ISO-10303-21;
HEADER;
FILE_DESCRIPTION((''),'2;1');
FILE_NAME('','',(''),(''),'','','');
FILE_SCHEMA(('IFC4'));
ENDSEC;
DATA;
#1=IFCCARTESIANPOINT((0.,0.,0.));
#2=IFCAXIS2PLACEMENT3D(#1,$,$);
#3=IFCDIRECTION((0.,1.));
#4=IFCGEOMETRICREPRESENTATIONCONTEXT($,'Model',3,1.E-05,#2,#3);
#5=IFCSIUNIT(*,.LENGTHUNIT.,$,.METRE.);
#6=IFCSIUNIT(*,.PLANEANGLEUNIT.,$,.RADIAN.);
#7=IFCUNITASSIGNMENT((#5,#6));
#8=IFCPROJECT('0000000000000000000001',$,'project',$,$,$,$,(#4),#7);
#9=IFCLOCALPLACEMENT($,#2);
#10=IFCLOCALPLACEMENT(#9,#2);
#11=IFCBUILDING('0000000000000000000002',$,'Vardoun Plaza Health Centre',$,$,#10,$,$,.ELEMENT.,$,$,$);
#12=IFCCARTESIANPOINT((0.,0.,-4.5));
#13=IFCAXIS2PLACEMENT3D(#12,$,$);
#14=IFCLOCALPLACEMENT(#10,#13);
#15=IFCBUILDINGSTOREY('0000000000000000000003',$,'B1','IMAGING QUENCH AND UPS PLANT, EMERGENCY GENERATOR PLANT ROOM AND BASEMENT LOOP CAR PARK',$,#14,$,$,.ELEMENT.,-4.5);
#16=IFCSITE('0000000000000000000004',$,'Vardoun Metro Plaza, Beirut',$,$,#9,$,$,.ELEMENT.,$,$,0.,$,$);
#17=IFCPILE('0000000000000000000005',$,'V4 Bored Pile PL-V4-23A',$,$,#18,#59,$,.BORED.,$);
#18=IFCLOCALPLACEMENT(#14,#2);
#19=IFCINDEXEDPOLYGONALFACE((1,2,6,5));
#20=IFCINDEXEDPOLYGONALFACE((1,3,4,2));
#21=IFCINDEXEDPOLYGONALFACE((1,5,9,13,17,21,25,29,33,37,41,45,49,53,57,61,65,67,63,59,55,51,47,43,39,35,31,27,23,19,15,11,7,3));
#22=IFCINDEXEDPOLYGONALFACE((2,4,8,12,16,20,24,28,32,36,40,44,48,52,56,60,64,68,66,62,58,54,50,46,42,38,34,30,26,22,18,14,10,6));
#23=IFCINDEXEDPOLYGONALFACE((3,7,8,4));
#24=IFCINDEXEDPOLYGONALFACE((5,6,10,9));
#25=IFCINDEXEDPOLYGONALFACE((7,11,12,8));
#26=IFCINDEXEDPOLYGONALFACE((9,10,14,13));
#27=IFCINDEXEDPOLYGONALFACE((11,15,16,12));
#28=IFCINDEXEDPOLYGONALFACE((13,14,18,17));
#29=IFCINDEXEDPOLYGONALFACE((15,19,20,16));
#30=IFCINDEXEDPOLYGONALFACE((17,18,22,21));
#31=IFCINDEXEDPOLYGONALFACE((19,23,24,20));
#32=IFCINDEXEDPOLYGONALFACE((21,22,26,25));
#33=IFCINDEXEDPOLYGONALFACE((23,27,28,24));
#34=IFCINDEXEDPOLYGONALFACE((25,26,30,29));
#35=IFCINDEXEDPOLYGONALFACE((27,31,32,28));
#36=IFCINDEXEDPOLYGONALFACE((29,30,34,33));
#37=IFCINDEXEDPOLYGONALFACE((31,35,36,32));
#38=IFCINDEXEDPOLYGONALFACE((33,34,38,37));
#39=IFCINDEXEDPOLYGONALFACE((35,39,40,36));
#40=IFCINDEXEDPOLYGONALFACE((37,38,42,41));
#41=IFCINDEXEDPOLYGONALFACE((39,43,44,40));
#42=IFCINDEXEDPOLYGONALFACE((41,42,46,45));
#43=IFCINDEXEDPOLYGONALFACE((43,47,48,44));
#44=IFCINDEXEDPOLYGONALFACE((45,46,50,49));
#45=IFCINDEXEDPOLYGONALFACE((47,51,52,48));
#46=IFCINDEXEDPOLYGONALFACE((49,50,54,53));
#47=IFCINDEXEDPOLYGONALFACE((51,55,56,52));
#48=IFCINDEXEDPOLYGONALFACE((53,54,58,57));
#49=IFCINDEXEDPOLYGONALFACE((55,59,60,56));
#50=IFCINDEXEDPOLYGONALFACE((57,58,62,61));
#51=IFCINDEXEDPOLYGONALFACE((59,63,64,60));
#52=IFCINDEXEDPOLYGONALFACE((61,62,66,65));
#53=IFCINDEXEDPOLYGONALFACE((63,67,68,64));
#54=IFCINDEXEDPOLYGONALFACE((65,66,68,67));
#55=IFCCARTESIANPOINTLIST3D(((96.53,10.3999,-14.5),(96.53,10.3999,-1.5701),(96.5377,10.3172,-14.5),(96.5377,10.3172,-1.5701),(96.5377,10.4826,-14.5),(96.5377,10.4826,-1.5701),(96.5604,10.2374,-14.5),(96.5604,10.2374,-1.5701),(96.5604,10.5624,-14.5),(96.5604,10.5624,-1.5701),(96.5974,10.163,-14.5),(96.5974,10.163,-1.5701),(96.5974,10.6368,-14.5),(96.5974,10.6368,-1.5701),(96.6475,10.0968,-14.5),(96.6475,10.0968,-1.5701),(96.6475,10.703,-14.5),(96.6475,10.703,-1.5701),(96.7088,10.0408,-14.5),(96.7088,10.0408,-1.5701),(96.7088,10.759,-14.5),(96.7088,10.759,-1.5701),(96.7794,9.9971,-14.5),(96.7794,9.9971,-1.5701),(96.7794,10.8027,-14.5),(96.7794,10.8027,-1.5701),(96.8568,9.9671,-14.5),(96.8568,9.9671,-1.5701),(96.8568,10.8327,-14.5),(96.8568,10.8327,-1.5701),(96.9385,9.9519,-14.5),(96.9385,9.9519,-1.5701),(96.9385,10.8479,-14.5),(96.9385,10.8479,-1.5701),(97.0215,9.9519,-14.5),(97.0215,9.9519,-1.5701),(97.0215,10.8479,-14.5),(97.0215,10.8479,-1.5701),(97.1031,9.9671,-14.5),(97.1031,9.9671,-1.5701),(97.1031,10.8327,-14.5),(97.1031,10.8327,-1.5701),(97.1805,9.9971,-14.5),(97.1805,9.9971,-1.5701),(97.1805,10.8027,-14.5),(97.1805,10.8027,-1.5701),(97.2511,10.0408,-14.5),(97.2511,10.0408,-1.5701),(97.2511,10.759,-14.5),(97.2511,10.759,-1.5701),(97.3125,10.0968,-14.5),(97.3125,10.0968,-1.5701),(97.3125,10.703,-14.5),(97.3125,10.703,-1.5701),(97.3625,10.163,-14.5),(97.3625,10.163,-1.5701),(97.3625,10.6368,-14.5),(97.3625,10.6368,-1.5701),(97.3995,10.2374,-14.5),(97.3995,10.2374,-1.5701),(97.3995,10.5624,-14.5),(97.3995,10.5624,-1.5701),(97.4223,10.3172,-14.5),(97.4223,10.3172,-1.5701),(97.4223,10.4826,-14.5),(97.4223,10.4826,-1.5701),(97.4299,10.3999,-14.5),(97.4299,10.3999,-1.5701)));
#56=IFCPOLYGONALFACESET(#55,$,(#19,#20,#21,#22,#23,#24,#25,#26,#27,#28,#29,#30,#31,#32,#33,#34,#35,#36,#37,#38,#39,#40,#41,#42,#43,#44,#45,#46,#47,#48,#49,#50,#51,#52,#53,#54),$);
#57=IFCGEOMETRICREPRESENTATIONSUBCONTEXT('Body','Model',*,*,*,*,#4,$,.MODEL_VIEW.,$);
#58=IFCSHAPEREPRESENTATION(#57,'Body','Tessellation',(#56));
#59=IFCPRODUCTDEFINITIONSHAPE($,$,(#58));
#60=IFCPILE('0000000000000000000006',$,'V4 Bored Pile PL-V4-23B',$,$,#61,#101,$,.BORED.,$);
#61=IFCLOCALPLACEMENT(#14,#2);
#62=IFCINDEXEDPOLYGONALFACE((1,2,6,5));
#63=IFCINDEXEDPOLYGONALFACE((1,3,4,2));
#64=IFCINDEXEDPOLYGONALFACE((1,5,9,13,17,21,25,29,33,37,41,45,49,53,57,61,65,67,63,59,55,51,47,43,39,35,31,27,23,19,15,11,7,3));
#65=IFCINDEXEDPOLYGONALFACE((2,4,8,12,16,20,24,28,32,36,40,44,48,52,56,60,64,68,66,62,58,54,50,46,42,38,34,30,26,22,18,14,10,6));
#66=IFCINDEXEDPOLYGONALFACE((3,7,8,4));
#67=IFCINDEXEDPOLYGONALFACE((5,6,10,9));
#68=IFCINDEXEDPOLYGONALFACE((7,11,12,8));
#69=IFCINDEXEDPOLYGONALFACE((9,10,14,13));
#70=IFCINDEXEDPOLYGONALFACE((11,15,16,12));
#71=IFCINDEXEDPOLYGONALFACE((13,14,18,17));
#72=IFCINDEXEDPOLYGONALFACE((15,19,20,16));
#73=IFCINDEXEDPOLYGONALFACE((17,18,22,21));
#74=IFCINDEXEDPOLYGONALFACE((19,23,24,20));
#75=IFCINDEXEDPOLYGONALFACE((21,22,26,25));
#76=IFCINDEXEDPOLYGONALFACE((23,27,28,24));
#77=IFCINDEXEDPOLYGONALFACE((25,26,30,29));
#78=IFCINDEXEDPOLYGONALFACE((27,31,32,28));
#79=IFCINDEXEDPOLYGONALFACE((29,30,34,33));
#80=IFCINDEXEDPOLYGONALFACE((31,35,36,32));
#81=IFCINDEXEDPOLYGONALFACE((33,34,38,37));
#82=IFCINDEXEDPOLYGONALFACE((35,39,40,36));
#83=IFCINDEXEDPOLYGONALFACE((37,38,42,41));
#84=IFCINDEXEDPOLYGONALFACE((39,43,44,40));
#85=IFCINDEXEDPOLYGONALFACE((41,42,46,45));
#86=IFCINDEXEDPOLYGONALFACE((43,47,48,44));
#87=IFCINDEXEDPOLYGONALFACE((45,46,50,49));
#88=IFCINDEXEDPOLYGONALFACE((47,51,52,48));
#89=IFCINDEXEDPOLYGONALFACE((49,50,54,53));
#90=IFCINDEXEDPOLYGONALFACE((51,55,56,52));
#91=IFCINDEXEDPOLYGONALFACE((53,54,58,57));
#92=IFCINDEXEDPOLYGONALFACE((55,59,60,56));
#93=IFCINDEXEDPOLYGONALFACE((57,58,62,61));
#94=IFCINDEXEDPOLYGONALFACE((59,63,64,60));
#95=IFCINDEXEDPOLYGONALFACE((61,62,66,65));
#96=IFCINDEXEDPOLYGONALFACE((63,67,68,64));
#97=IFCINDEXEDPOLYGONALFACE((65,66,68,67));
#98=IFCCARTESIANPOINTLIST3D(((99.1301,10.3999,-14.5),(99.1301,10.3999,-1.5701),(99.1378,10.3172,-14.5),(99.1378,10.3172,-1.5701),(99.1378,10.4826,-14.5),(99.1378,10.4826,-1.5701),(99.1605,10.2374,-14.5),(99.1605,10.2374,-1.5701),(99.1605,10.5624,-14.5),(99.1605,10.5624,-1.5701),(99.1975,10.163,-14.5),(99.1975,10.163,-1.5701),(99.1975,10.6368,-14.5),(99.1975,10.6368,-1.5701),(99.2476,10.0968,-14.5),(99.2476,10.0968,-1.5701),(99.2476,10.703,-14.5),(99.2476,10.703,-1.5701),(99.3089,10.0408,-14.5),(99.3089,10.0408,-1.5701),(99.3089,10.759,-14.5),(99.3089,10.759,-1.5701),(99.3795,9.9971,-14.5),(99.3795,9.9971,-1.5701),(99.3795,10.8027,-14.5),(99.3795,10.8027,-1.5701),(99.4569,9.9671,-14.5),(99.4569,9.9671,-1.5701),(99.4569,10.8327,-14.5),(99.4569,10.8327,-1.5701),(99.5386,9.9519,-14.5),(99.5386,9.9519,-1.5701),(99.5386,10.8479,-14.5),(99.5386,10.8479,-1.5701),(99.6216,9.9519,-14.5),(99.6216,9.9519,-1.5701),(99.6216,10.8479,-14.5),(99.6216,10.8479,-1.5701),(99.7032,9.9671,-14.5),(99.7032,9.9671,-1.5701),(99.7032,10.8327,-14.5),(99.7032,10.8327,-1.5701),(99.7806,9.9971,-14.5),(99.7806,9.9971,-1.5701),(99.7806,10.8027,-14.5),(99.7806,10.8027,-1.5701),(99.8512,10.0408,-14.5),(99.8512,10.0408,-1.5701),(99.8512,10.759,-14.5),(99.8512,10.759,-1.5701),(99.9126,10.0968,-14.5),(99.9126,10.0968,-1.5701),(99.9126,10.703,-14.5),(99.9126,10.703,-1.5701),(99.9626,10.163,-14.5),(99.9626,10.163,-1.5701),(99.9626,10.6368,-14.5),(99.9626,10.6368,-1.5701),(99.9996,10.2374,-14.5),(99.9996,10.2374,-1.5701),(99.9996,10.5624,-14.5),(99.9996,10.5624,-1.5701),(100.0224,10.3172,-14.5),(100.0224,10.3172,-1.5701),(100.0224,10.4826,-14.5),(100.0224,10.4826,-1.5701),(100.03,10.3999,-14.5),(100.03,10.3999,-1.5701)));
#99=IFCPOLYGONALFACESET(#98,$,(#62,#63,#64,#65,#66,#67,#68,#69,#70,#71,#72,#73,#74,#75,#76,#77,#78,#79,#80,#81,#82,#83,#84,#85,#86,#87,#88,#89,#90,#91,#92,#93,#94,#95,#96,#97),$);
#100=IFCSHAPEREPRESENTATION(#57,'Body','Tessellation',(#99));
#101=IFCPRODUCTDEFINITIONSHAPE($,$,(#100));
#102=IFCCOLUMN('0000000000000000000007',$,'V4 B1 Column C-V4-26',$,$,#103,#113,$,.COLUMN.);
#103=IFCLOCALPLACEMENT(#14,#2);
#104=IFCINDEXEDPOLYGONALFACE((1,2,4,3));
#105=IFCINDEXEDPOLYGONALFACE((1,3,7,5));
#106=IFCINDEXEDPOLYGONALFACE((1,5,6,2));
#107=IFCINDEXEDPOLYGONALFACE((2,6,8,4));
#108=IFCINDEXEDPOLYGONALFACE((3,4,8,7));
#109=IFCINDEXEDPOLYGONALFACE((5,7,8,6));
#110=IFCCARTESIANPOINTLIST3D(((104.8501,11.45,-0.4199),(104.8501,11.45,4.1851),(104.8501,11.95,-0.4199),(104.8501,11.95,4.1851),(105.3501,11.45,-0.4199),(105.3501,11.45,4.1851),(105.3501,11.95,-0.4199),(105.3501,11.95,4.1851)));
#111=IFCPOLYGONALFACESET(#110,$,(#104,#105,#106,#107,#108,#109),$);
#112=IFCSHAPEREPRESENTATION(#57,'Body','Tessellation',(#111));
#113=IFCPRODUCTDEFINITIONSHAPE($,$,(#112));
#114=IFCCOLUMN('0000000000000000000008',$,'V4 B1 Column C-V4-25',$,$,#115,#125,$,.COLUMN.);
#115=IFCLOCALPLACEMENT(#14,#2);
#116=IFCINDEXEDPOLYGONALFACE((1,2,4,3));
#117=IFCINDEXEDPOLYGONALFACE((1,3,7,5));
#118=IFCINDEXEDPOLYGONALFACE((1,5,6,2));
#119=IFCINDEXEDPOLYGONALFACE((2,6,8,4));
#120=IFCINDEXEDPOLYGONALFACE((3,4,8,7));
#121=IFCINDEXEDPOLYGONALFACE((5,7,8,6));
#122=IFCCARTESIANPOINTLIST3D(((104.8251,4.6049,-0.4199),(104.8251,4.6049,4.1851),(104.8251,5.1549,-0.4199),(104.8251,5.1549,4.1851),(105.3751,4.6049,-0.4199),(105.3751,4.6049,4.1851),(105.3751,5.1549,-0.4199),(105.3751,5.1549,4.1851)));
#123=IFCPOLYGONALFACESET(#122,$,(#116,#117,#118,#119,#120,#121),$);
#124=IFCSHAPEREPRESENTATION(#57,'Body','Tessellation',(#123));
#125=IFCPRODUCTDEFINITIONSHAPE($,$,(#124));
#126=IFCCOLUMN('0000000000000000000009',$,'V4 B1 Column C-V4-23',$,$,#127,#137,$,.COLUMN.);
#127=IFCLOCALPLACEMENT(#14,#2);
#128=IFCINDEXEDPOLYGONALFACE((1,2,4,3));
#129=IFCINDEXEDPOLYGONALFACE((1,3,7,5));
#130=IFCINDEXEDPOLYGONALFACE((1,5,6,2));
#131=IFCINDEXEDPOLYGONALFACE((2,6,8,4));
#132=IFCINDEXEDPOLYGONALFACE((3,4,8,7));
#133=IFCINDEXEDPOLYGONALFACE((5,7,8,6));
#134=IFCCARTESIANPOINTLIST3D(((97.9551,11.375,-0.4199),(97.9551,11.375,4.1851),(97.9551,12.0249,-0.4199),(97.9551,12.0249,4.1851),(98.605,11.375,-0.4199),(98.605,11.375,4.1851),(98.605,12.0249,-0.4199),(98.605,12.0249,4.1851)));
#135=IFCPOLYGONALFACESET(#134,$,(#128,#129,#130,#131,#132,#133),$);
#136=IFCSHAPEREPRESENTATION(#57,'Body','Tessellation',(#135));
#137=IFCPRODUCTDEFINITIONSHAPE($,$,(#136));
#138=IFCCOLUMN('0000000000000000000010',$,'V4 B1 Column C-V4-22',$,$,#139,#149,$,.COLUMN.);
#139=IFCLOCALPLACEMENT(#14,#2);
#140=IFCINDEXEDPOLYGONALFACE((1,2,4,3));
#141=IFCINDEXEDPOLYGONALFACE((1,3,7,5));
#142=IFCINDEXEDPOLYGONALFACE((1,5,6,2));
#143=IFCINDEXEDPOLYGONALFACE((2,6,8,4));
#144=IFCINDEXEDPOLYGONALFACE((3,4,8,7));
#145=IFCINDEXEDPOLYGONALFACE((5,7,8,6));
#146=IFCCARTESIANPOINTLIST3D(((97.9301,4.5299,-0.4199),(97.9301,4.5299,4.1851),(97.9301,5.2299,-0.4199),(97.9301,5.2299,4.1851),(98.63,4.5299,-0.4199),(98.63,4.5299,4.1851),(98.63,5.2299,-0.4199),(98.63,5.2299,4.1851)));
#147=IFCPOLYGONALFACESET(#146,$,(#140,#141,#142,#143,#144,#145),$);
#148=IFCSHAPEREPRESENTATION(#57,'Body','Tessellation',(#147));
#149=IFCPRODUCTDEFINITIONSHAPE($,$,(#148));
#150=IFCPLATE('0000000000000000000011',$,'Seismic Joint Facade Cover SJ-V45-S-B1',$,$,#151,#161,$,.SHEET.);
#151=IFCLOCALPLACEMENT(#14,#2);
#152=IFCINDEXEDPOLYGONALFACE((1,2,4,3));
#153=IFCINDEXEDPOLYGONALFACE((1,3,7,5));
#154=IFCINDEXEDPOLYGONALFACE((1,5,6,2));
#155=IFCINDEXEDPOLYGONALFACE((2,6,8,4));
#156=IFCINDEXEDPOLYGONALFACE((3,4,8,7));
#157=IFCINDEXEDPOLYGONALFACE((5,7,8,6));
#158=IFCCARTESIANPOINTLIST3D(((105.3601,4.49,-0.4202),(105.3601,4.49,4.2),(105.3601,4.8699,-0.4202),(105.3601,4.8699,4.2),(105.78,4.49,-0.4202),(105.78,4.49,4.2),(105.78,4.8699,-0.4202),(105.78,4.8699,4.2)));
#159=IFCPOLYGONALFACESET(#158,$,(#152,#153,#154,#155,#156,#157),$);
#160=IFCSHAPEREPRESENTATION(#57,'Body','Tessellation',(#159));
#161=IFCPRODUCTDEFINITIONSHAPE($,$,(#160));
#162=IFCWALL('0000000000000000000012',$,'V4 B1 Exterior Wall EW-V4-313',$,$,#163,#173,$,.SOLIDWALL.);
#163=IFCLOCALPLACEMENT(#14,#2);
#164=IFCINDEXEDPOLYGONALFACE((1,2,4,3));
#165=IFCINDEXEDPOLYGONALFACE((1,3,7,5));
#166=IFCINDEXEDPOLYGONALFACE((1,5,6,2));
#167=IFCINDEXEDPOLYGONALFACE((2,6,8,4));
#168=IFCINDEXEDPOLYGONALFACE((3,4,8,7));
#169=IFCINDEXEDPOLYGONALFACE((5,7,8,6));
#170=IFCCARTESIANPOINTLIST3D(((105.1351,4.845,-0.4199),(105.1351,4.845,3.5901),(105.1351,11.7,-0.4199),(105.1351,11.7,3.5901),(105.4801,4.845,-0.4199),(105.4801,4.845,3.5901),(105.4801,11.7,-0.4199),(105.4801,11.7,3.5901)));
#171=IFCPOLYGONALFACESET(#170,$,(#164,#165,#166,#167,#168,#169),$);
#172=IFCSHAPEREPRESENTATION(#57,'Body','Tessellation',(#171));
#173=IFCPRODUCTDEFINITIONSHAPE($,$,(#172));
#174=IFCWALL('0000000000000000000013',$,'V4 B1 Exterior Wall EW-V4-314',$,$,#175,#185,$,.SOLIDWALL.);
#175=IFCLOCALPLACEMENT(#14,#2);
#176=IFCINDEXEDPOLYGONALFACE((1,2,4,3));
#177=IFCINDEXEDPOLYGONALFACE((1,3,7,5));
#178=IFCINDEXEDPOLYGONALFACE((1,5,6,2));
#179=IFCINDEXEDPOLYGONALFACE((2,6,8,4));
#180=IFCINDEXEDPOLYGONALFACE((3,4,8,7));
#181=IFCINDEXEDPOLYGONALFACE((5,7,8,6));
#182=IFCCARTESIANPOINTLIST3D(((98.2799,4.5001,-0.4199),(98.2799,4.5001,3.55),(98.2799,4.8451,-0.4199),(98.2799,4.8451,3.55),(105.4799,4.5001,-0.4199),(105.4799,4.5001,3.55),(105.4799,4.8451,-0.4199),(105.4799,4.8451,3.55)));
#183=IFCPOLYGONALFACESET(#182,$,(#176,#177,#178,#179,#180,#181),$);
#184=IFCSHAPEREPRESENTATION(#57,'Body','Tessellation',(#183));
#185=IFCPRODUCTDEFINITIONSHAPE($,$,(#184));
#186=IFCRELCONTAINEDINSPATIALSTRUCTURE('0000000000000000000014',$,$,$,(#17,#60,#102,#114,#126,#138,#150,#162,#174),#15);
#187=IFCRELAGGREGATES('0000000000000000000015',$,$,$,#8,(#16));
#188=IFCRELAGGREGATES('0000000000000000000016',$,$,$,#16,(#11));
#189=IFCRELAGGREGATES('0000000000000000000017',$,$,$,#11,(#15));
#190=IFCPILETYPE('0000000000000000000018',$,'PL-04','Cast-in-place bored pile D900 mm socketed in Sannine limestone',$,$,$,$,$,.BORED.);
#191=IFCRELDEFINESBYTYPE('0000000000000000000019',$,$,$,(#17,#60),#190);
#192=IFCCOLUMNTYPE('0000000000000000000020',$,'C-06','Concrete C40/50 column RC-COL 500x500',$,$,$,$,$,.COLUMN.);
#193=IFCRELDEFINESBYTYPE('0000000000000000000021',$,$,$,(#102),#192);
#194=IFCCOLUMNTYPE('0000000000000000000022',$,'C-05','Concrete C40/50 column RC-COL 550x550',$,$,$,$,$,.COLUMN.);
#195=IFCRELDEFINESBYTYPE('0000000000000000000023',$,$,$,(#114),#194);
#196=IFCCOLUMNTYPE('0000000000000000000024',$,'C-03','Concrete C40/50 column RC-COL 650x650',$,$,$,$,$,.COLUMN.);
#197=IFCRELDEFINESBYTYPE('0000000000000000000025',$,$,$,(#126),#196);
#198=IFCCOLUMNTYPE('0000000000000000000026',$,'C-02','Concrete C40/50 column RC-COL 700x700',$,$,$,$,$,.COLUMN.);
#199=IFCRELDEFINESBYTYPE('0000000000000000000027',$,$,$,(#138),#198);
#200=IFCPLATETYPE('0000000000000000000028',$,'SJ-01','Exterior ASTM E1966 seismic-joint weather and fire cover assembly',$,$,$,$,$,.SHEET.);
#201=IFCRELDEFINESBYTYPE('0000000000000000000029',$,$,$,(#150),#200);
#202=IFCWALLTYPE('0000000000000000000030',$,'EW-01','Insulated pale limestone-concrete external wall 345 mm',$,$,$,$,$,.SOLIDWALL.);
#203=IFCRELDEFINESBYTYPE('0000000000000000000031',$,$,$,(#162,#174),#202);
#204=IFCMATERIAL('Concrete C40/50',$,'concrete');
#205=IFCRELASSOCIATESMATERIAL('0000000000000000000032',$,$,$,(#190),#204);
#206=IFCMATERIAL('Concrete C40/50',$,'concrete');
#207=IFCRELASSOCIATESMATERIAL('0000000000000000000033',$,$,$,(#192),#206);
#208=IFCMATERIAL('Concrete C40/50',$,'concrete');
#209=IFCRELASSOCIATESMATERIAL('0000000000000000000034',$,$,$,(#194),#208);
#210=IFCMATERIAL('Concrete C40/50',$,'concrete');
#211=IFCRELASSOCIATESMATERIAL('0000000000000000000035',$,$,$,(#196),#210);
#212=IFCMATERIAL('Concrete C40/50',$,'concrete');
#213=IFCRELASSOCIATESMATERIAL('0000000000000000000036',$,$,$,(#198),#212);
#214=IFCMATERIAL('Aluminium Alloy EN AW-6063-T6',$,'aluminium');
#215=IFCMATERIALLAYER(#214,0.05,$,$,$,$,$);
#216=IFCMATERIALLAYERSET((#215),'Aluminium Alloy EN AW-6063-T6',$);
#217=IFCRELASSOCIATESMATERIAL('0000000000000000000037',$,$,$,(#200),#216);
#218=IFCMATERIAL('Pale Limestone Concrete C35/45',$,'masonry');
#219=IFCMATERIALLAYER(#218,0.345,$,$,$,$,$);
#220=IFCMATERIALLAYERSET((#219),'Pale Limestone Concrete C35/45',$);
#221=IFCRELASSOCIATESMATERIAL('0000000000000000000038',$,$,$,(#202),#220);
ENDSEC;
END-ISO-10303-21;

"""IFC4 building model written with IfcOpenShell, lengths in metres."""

from ifc_helpers import new_model, si_unit, direction, frame, frame_2d, origin, origin_2d, place, context, subcontext, project, spatial, rectangle, circle, extrude, material, layer, layer_set, material_profile, profile_set, type_object, element, save


model = new_model("IFC4")

# Units and contexts
model_context = context("Model", 3, precision=1e-05, world=origin(), true_north=direction((0.0, 1.0)))
body_context = subcontext(model_context, "Body", "Model", "MODEL_VIEW")
ifc_project = project(units=[si_unit("LENGTHUNIT", "METRE"), si_unit("PLANEANGLEUNIT", "RADIAN")], contexts=[model_context])

# Site, building, storey
site_placement = place(None, origin())
site = spatial("IfcSite", under=ifc_project, at=site_placement, Name="Vardoun Metro Plaza, Beirut", CompositionType="ELEMENT", RefElevation=0.0)
building_placement = place(site_placement, origin())
building = spatial("IfcBuilding", under=site, at=building_placement, Name="Vardoun Plaza Health Centre", CompositionType="ELEMENT")
storey_placement = place(building_placement, frame((0.0, 0.0, -4.5)))
storey = spatial("IfcBuildingStorey", under=building, at=storey_placement, Name="B1", Description="IMAGING QUENCH AND UPS PLANT, EMERGENCY GENERATOR PLANT ROOM AND BASEMENT LOOP CAR PARK", CompositionType="ELEMENT", Elevation=-4.5)

# Piles
ifc_material_1 = material(Name="Concrete C40/50", Category="concrete")
ifc_material_profile_1 = material_profile(ifc_material_1, circle(Radius=0.45, at=origin_2d()), Name="PILE D900")
ifc_profile_set_1 = profile_set([ifc_material_profile_1], Name="Concrete C40/50")
pile_type_1 = type_object("IfcPileType", Name="PL-04", Description="Cast-in-place bored pile D900 mm socketed in Sannine limestone", PredefinedType="BORED", material=ifc_profile_set_1)
for number, where, z_axis, x_axis, name in (
    (1, (96.98, 10.3999, -1.5701), (0.0, 0.0, -1.0), (1.0, 0.0, 0.0), "V4 Bored Pile PL-V4-23A"),
    (2, (99.5801, 10.3999, -1.5701), (0.0, 0.0, -1.0), (1.0, 0.0, 0.0), "V4 Bored Pile PL-V4-23B"),
):
    element("IfcPile", number, at=place(storey_placement, frame(where, z_axis=z_axis, x_axis=x_axis)), inside=storey, type_object=pile_type_1, Name=name, PredefinedType="BORED", context=body_context, shape_type="SweptSolid", body=[
        extrude(circle(Radius=0.45, at=origin_2d()), origin(), (0.0, 0.0, 1.0), 12.9299),
    ])

# Columns
ifc_material_2 = material(Name="Concrete C40/50", Category="concrete")
ifc_material_profile_2 = material_profile(ifc_material_2, rectangle(XDim=0.5, YDim=0.5, at=origin_2d()), Name="RC-COL 500x500")
ifc_profile_set_2 = profile_set([ifc_material_profile_2], Name="Concrete C40/50")
column_type_1 = type_object("IfcColumnType", Name="C-06", Description="Concrete C40/50 column RC-COL 500x500", PredefinedType="COLUMN", material=ifc_profile_set_2)
column_1_placement = place(storey_placement, frame((105.1001, 11.7, -0.4199), z_axis=(0.0, 0.0, 1.0), x_axis=(1.0, 0.0, 0.0)))
element("IfcColumn", 3, at=column_1_placement, inside=storey, type_object=column_type_1, Name="V4 B1 Column C-V4-26", PredefinedType="COLUMN", context=body_context, shape_type="SweptSolid", body=[
    extrude(rectangle(XDim=0.5, YDim=0.5, at=origin_2d()), origin(), (0.0, 0.0, 1.0), 4.605),
])
ifc_material_3 = material(Name="Concrete C40/50", Category="concrete")
ifc_material_profile_3 = material_profile(ifc_material_3, rectangle(XDim=0.55, YDim=0.55, at=origin_2d()), Name="RC-COL 550x550")
ifc_profile_set_3 = profile_set([ifc_material_profile_3], Name="Concrete C40/50")
column_type_2 = type_object("IfcColumnType", Name="C-05", Description="Concrete C40/50 column RC-COL 550x550", PredefinedType="COLUMN", material=ifc_profile_set_3)
column_2_placement = place(storey_placement, frame((105.1001, 4.8799, -0.4199), z_axis=(0.0, 0.0, 1.0), x_axis=(1.0, 0.0, 0.0)))
element("IfcColumn", 4, at=column_2_placement, inside=storey, type_object=column_type_2, Name="V4 B1 Column C-V4-25", PredefinedType="COLUMN", context=body_context, shape_type="SweptSolid", body=[
    extrude(rectangle(XDim=0.55, YDim=0.55, at=origin_2d()), origin(), (0.0, 0.0, 1.0), 4.605),
])
ifc_material_4 = material(Name="Concrete C40/50", Category="concrete")
ifc_material_profile_4 = material_profile(ifc_material_4, rectangle(XDim=0.6499, YDim=0.6499, at=origin_2d()), Name="RC-COL 650x650")
ifc_profile_set_4 = profile_set([ifc_material_profile_4], Name="Concrete C40/50")
column_type_3 = type_object("IfcColumnType", Name="C-03", Description="Concrete C40/50 column RC-COL 650x650", PredefinedType="COLUMN", material=ifc_profile_set_4)
column_3_placement = place(storey_placement, frame((98.28, 11.7, -0.4199), z_axis=(0.0, 0.0, 1.0), x_axis=(1.0, 0.0, 0.0)))
element("IfcColumn", 5, at=column_3_placement, inside=storey, type_object=column_type_3, Name="V4 B1 Column C-V4-23", PredefinedType="COLUMN", context=body_context, shape_type="SweptSolid", body=[
    extrude(rectangle(XDim=0.6499, YDim=0.6499, at=origin_2d()), origin(), (0.0, 0.0, 1.0), 4.605),
])
ifc_material_5 = material(Name="Concrete C40/50", Category="concrete")
ifc_material_profile_5 = material_profile(ifc_material_5, rectangle(XDim=0.7, YDim=0.7, at=origin_2d()), Name="RC-COL 700x700")
ifc_profile_set_5 = profile_set([ifc_material_profile_5], Name="Concrete C40/50")
column_type_4 = type_object("IfcColumnType", Name="C-02", Description="Concrete C40/50 column RC-COL 700x700", PredefinedType="COLUMN", material=ifc_profile_set_5)
column_4_placement = place(storey_placement, frame((98.28, 4.8799, -0.4199), z_axis=(0.0, 0.0, 1.0), x_axis=(1.0, 0.0, 0.0)))
element("IfcColumn", 6, at=column_4_placement, inside=storey, type_object=column_type_4, Name="V4 B1 Column C-V4-22", PredefinedType="COLUMN", context=body_context, shape_type="SweptSolid", body=[
    extrude(rectangle(XDim=0.7, YDim=0.7, at=origin_2d()), origin(), (0.0, 0.0, 1.0), 4.605),
])

# Plate
ifc_material_6 = material(Name="Aluminium Alloy EN AW-6063-T6", Category="aluminium")
ifc_layer_1 = layer(ifc_material_6, 0.05)
ifc_layer_set_1 = layer_set([ifc_layer_1], Name="Aluminium Alloy EN AW-6063-T6")
plate_type = type_object("IfcPlateType", Name="SJ-01", Description="Exterior ASTM E1966 seismic-joint weather and fire cover assembly", PredefinedType="SHEET", material=ifc_layer_set_1)
plate_placement = place(storey_placement, frame((105.5701, 4.6799, -0.4202), z_axis=(0.0, 0.0, 1.0), x_axis=(1.0, 0.0, 0.0)))
element("IfcPlate", 7, at=plate_placement, inside=storey, type_object=plate_type, Name="Seismic Joint Facade Cover SJ-V45-S-B1", PredefinedType="SHEET", context=body_context, shape_type="SweptSolid", body=[
    extrude(rectangle(XDim=0.4199, YDim=0.3799, at=origin_2d()), origin(), (0.0, 0.0, 1.0), 4.6201),
])

# Walls
ifc_material_7 = material(Name="Pale Limestone Concrete C35/45", Category="masonry")
ifc_layer_2 = layer(ifc_material_7, 0.345)
ifc_layer_set_2 = layer_set([ifc_layer_2], Name="Pale Limestone Concrete C35/45")
wall_type = type_object("IfcWallType", Name="EW-01", Description="Insulated pale limestone-concrete external wall 345 mm", PredefinedType="SOLIDWALL", material=ifc_layer_set_2)
wall_placement = place(storey_placement, frame((105.3076, 11.7, -0.4199), z_axis=(0.0, 0.0, 1.0), x_axis=(0.0, -1.0, 0.0)))
element("IfcWall", 8, at=wall_placement, inside=storey, type_object=wall_type, Name="V4 B1 Exterior Wall EW-V4-313", PredefinedType="SOLIDWALL", context=body_context, shape_type="SweptSolid", body=[
    extrude(rectangle(XDim=6.855, YDim=0.345, at=frame_2d((3.4275, 0.0))), origin(), (0.0, 0.0, 1.0), 4.01),
])
for number, where, z_axis, x_axis, name in (
    (9, (105.48, 4.6726, -0.4199), (0.0, 0.0, 1.0), (-1.0, 0.0, 0.0), "V4 B1 Exterior Wall EW-V4-314"),
):
    element("IfcWall", number, at=place(storey_placement, frame(where, z_axis=z_axis, x_axis=x_axis)), inside=storey, type_object=wall_type, Name=name, PredefinedType="SOLIDWALL", context=body_context, shape_type="SweptSolid", body=[
        extrude(rectangle(XDim=7.2, YDim=0.345, at=frame_2d((3.6001, 0.0))), origin(), (0.0, 0.0, 1.0), 3.97),
    ])

save(model, "model.ifc")
